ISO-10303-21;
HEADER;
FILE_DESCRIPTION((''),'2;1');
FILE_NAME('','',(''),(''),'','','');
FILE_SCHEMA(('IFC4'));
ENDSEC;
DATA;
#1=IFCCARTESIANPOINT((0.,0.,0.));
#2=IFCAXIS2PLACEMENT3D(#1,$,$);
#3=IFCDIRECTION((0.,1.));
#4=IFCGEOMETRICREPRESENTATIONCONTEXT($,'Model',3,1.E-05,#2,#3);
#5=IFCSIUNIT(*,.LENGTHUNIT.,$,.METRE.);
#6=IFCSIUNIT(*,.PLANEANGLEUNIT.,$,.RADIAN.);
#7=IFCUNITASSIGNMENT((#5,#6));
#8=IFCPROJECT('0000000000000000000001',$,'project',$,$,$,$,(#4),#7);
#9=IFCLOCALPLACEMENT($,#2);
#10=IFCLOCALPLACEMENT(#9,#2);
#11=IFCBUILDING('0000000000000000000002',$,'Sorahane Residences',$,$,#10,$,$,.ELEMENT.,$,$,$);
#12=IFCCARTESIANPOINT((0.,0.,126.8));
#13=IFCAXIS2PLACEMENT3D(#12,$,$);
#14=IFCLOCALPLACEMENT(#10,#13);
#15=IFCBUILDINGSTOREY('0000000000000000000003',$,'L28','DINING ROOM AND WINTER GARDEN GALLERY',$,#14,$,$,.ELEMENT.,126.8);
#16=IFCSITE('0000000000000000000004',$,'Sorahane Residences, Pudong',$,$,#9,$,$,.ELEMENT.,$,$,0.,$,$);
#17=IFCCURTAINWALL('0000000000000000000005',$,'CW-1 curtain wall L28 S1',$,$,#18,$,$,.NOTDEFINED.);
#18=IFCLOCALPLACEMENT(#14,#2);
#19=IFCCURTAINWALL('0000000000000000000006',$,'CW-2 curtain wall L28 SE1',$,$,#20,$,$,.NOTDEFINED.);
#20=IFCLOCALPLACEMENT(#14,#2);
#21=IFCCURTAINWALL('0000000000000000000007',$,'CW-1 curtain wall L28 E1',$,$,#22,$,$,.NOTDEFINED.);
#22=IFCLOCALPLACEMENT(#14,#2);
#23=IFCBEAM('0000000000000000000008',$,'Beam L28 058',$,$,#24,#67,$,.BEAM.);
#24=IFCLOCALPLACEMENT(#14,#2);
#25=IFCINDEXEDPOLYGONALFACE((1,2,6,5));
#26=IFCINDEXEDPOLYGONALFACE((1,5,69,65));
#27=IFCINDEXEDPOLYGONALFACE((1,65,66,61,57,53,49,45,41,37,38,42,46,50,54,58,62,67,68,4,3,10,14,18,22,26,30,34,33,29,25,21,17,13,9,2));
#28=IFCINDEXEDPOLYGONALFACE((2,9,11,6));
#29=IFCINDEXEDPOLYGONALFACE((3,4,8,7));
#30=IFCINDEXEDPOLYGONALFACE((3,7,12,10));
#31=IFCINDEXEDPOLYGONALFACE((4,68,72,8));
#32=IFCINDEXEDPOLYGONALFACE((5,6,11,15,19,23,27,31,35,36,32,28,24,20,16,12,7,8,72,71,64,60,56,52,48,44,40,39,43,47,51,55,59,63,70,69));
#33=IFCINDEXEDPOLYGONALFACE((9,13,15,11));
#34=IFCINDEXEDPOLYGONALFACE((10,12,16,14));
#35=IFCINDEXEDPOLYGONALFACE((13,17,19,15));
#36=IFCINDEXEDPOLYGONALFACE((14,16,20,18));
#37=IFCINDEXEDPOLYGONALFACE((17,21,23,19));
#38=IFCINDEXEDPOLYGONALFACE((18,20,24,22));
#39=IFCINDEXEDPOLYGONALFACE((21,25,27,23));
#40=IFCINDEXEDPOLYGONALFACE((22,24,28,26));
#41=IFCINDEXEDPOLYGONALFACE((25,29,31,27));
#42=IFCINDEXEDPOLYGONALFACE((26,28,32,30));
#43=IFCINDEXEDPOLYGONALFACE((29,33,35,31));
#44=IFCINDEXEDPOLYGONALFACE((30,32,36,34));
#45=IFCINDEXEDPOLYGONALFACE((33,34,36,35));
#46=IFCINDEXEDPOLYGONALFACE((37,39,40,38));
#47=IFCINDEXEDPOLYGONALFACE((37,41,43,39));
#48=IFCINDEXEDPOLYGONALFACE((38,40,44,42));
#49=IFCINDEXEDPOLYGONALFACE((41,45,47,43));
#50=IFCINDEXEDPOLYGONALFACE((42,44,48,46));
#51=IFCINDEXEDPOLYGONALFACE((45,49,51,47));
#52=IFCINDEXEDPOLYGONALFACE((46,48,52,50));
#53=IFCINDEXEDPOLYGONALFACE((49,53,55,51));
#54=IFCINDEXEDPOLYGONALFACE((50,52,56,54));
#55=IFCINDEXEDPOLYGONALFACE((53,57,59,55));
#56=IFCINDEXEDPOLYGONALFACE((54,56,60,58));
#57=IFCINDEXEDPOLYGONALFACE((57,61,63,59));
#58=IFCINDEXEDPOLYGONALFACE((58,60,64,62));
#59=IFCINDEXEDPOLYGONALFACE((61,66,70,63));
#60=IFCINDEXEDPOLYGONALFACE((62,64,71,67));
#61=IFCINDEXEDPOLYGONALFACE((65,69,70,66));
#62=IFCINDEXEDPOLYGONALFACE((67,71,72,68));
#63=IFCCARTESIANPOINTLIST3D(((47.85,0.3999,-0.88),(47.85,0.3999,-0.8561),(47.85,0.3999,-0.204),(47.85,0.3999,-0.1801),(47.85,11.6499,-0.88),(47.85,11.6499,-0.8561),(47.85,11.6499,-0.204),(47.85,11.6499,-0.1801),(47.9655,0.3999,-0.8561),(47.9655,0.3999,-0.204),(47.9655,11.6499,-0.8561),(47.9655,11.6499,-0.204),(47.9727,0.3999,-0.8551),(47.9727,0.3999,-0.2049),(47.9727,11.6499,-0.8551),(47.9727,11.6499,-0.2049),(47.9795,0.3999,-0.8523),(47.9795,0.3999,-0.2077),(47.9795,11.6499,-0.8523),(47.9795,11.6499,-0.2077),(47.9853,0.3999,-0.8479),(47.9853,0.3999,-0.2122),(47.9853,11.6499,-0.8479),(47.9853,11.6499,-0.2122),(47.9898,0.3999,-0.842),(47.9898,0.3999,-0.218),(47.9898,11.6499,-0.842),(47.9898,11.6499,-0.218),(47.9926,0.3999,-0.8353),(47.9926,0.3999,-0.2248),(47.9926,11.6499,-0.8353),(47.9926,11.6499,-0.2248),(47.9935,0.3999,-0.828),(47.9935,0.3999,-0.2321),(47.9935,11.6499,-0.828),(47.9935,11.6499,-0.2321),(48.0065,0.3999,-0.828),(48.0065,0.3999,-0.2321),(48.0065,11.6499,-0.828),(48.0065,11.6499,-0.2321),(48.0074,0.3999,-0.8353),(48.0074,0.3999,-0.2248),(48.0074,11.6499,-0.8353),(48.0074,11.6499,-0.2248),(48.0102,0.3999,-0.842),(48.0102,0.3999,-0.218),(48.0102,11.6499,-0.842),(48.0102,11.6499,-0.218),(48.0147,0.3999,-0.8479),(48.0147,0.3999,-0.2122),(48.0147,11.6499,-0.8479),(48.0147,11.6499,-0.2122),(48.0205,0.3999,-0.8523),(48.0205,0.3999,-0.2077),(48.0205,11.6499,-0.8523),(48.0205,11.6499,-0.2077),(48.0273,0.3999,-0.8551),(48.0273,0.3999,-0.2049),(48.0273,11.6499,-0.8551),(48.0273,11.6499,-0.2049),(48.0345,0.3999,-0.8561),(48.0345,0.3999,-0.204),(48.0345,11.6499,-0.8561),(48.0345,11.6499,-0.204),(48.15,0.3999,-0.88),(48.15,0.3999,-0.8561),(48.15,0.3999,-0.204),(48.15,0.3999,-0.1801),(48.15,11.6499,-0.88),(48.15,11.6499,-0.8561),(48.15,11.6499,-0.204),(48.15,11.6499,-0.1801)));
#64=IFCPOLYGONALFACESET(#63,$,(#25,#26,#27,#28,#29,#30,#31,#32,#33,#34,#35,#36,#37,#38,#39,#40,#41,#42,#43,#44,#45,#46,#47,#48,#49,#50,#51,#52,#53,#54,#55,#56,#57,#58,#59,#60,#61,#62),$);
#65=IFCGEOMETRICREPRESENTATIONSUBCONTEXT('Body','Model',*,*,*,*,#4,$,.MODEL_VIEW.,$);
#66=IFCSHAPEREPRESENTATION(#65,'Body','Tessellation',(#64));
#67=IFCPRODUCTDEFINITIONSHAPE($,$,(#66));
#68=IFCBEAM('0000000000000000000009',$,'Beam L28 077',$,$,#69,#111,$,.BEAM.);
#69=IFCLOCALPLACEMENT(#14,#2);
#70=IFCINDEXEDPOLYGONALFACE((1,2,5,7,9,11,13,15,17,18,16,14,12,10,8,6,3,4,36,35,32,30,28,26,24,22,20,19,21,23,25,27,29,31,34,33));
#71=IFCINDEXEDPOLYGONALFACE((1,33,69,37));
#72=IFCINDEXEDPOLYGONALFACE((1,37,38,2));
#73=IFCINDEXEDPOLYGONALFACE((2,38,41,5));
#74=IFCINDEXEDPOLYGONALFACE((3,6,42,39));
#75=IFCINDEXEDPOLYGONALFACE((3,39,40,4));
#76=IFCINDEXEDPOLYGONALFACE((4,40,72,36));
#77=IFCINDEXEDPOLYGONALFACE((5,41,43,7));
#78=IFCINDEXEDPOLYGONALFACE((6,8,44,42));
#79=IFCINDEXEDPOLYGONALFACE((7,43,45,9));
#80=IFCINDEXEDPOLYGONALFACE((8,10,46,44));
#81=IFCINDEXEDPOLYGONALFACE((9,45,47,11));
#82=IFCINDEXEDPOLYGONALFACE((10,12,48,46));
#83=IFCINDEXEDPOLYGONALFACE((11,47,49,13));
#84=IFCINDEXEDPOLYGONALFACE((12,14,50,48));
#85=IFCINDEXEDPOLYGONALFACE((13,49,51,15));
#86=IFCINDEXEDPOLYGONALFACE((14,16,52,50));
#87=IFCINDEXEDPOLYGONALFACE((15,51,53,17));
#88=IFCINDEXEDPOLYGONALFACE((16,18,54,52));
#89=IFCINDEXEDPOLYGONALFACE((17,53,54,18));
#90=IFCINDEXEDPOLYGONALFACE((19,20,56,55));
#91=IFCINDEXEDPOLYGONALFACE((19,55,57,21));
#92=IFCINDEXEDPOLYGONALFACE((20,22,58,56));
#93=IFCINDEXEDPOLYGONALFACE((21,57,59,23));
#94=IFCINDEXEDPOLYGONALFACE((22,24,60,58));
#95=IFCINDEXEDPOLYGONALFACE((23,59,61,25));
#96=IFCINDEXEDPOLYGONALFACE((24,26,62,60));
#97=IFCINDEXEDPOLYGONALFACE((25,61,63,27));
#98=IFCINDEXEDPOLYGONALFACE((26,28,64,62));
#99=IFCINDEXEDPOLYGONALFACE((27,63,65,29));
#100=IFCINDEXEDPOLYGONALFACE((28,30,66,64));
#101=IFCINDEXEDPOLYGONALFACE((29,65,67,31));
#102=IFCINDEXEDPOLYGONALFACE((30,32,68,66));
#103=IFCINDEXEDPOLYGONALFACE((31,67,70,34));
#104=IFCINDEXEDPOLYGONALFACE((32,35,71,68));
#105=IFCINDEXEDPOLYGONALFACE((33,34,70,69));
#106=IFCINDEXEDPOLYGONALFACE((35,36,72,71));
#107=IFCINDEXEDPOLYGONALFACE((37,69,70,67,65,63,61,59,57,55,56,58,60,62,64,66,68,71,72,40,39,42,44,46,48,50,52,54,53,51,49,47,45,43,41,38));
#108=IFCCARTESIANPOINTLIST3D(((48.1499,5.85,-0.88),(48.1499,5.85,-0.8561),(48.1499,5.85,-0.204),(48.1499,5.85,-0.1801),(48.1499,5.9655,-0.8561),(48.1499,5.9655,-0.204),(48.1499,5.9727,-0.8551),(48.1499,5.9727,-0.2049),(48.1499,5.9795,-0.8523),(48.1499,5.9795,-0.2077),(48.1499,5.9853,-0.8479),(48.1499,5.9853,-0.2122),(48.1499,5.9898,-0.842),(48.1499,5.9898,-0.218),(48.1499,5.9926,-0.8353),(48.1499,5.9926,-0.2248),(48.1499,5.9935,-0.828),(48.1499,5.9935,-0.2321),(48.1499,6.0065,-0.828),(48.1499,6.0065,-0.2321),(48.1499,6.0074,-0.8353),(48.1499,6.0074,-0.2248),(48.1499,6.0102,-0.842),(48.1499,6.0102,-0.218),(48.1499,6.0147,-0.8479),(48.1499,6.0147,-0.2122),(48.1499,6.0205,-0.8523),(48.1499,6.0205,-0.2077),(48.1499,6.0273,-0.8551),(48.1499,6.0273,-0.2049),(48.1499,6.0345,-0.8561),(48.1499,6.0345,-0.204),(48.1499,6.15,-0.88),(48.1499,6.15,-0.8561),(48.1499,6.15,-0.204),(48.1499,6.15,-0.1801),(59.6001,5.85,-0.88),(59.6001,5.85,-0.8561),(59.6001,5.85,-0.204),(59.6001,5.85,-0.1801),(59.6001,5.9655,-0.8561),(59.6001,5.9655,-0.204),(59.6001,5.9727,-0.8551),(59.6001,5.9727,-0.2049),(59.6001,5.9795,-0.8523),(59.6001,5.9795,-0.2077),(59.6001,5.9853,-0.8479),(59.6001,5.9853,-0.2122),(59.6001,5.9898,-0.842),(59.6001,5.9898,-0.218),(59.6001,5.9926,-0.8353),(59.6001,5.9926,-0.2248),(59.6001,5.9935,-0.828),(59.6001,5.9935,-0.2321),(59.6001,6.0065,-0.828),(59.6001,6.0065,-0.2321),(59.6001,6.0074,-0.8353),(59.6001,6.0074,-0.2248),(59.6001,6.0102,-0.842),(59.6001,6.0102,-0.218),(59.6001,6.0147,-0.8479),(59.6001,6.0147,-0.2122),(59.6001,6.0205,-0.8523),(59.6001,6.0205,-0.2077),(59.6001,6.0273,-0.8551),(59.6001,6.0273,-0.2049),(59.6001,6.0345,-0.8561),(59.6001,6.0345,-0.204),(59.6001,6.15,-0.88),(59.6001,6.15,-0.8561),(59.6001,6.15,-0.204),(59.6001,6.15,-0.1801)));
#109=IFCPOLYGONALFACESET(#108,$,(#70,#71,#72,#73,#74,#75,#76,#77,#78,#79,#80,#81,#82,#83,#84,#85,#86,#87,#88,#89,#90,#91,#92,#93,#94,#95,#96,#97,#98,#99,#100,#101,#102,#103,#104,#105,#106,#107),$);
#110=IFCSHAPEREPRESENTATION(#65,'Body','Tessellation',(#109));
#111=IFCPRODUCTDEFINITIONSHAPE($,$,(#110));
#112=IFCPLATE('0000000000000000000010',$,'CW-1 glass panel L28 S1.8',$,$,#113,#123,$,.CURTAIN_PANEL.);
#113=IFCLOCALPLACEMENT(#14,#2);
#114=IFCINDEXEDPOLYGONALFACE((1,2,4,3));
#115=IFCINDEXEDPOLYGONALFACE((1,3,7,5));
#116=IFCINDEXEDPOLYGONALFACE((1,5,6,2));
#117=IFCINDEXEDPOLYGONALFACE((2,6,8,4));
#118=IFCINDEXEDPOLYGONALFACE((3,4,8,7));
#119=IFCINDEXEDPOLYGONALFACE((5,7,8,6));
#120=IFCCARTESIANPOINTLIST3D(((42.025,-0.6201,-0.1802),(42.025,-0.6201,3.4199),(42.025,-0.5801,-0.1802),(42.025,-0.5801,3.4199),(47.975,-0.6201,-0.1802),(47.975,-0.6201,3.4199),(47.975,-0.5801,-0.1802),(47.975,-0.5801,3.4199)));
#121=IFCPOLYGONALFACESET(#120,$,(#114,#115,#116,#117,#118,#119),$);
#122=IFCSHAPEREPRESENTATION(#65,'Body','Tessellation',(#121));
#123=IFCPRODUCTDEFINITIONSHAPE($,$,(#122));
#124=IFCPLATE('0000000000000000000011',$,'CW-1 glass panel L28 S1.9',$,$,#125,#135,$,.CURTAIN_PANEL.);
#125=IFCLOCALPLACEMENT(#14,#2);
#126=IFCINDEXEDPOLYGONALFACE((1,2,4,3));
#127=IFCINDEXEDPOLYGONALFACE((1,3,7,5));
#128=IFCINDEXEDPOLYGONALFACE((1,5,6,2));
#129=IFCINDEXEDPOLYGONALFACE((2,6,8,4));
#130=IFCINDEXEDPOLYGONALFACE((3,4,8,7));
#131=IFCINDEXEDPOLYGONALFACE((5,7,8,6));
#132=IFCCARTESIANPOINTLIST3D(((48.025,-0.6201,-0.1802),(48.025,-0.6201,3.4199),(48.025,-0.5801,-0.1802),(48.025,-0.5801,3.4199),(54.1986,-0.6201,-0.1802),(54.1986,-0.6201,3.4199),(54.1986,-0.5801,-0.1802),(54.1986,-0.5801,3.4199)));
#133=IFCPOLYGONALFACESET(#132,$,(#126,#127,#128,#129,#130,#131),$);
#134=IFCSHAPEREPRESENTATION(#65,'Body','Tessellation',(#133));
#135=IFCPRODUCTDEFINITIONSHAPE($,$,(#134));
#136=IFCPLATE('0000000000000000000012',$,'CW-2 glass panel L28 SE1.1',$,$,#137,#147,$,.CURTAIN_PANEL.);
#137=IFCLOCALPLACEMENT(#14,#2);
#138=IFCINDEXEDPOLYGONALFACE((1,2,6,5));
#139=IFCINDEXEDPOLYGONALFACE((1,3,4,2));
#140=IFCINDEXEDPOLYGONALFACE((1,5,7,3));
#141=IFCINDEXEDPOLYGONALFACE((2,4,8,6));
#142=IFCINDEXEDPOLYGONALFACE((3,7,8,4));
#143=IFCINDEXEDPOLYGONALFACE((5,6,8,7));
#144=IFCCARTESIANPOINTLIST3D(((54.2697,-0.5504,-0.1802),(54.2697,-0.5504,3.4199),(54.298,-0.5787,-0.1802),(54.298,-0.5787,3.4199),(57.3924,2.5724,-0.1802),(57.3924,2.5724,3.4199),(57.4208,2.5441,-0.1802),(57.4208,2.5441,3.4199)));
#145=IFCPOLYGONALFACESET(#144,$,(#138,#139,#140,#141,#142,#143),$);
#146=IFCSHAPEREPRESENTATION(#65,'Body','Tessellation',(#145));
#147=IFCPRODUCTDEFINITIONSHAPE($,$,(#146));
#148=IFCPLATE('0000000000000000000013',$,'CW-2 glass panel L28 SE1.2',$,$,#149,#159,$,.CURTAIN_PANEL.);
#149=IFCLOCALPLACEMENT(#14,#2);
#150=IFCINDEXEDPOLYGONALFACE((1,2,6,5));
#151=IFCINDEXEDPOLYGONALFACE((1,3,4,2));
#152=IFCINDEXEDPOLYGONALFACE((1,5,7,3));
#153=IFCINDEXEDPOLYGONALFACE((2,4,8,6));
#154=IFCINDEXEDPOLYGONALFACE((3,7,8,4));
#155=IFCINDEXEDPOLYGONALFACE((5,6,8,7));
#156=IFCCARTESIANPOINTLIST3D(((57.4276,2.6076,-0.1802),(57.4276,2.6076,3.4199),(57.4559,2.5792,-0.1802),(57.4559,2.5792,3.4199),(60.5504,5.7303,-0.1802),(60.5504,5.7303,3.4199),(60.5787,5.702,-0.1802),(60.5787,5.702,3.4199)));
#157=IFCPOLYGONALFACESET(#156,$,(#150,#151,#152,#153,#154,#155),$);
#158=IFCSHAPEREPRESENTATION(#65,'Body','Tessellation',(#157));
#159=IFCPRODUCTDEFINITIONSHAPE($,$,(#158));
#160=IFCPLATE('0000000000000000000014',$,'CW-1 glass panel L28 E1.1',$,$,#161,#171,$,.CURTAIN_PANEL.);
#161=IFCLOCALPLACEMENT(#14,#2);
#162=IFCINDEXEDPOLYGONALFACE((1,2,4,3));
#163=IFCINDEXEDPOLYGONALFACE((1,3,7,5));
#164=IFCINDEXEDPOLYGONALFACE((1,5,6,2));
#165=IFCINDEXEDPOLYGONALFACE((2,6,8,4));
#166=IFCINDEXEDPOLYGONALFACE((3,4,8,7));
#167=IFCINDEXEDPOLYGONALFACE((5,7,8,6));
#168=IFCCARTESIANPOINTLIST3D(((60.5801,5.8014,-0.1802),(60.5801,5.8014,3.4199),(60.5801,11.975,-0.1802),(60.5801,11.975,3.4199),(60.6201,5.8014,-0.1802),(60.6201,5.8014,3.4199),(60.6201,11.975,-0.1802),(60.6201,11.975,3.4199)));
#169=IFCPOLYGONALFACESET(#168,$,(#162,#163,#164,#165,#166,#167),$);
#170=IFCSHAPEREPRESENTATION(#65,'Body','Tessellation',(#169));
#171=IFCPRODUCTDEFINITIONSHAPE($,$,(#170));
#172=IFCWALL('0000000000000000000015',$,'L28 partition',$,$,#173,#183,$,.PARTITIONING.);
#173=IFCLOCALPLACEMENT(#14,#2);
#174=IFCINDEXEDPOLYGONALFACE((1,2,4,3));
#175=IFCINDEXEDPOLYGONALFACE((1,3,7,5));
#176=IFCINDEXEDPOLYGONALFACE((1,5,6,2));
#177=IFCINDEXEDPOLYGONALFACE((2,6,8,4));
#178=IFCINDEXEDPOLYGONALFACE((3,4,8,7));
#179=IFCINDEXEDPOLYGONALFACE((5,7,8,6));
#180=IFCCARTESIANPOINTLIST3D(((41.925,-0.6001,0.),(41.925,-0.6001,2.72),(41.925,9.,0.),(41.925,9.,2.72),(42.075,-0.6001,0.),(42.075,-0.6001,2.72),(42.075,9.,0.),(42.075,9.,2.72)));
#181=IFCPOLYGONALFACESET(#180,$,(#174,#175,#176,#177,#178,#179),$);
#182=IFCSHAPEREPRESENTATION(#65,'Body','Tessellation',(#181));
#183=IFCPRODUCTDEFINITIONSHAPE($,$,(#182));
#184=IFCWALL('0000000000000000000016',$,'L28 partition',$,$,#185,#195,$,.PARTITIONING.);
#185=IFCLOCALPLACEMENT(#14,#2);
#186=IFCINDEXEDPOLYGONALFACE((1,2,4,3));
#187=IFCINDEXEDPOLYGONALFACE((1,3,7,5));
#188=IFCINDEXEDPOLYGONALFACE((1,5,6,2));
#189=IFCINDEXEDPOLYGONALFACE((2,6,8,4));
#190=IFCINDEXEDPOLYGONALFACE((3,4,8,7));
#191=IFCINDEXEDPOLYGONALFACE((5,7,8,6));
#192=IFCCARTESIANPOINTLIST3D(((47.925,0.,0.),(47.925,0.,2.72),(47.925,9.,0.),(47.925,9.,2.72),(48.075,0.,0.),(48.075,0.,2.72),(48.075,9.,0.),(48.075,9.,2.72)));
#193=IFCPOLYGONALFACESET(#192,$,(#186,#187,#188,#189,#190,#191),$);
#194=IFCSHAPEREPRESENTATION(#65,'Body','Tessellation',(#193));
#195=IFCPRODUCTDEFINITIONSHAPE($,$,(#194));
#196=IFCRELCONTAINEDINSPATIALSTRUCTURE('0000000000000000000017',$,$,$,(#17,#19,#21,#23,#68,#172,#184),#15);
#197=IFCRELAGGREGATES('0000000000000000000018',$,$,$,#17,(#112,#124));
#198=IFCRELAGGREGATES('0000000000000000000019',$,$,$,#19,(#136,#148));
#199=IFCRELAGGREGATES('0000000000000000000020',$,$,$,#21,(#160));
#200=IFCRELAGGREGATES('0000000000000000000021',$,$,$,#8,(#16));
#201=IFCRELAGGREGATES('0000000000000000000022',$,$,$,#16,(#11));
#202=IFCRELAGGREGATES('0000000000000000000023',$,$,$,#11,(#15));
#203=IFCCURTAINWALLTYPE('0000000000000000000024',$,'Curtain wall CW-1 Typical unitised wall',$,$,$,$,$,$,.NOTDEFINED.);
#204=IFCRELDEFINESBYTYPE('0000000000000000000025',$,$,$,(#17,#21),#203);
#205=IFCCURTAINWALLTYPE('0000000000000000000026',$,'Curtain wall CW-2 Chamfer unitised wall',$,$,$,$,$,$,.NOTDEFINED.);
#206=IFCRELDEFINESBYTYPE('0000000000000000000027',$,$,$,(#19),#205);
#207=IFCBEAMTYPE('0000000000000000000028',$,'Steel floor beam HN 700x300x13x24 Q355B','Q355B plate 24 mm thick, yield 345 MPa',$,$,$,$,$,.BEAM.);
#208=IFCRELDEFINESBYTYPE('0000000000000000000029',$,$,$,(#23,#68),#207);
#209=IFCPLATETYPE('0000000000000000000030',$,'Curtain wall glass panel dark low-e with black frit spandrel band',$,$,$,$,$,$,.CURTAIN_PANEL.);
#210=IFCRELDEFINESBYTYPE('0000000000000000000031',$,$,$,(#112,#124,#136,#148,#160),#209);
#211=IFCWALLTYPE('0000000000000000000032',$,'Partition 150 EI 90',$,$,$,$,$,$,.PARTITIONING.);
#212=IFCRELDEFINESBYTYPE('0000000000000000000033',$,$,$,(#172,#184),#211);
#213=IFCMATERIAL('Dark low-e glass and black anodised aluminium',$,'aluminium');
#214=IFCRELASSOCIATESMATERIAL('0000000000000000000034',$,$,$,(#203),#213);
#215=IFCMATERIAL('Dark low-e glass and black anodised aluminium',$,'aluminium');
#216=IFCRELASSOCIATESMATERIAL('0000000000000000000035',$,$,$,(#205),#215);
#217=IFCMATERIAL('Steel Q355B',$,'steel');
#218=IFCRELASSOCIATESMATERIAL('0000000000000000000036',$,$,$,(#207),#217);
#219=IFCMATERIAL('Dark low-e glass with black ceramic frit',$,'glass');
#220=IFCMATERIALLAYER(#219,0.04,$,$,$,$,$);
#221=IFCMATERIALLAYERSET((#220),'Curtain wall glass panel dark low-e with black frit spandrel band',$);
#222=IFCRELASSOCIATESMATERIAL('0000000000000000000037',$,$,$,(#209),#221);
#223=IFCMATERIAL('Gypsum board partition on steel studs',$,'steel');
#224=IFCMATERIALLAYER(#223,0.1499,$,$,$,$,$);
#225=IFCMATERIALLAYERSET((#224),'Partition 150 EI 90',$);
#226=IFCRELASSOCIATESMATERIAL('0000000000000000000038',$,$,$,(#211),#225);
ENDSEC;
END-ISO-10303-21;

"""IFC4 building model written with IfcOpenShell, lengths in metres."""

from ifc_helpers import new_model, si_unit, direction, frame, frame_2d, origin, origin_2d, place, context, subcontext, project, spatial, rectangle, i_section, extrude, material, layer, layer_set, material_profile, profile_set, type_object, element, aggregate, save


model = new_model("IFC4")

# Units and contexts
model_context = context("Model", 3, precision=1e-05, world=origin(), true_north=direction((0.0, 1.0)))
body_context = subcontext(model_context, "Body", "Model", "MODEL_VIEW")
ifc_project = project(units=[si_unit("LENGTHUNIT", "METRE"), si_unit("PLANEANGLEUNIT", "RADIAN")], contexts=[model_context])

# Site, building, storey
site_placement = place(None, origin())
site = spatial("IfcSite", under=ifc_project, at=site_placement, Name="Sorahane Residences, Pudong", CompositionType="ELEMENT", RefElevation=0.0)
building_placement = place(site_placement, origin())
building = spatial("IfcBuilding", under=site, at=building_placement, Name="Sorahane Residences", CompositionType="ELEMENT")
storey_placement = place(building_placement, frame((0.0, 0.0, 126.8)))
storey = spatial("IfcBuildingStorey", under=building, at=storey_placement, Name="L28", Description="DINING ROOM AND WINTER GARDEN GALLERY", CompositionType="ELEMENT", Elevation=126.8)

# Curtain walls
ifc_material_1 = material(Name="Dark low-e glass and black anodised aluminium", Category="aluminium")
curtain_wall_type_1 = type_object("IfcCurtainWallType", Name="Curtain wall CW-1 Typical unitised wall", PredefinedType="NOTDEFINED", material=ifc_material_1)
curtain_wall_1_placement = place(storey_placement, origin())
curtain_wall_1 = element("IfcCurtainWall", 1, at=curtain_wall_1_placement, inside=storey, type_object=curtain_wall_type_1, Name="CW-1 curtain wall L28 S1", PredefinedType="NOTDEFINED")
ifc_material_2 = material(Name="Dark low-e glass and black anodised aluminium", Category="aluminium")
curtain_wall_type_2 = type_object("IfcCurtainWallType", Name="Curtain wall CW-2 Chamfer unitised wall", PredefinedType="NOTDEFINED", material=ifc_material_2)
curtain_wall_2_placement = place(storey_placement, origin())
curtain_wall_2 = element("IfcCurtainWall", 2, at=curtain_wall_2_placement, inside=storey, type_object=curtain_wall_type_2, Name="CW-2 curtain wall L28 SE1", PredefinedType="NOTDEFINED")

# Curtain wall
curtain_wall_3_placement = place(storey_placement, origin())
curtain_wall_3 = element("IfcCurtainWall", 3, at=curtain_wall_3_placement, inside=storey, type_object=curtain_wall_type_1, Name="CW-1 curtain wall L28 E1", PredefinedType="NOTDEFINED")

# Beams
ifc_material_3 = material(Name="Steel Q355B", Category="steel")
ifc_material_profile_1 = material_profile(ifc_material_3, i_section(OverallWidth=0.3, OverallDepth=0.7, WebThickness=0.0129, FlangeThickness=0.0239, FilletRadius=0.0281, at=origin_2d()), Name="HN 700x300x13x24")
ifc_profile_set_1 = profile_set([ifc_material_profile_1], Name="Steel Q355B")
beam_type_1 = type_object("IfcBeamType", Name="Steel floor beam HN 700x300x13x24 Q355B", Description="Q355B plate 24 mm thick, yield 345 MPa", PredefinedType="BEAM", material=ifc_profile_set_1)
beam_1_placement = place(storey_placement, frame((48.0, 0.3999, -0.53), z_axis=(0.0, 1.0, 0.0), x_axis=(-1.0, 0.0, 0.0)))
element("IfcBeam", 4, at=beam_1_placement, inside=storey, type_object=beam_type_1, Name="Beam L28 058", PredefinedType="BEAM", context=body_context, shape_type="SweptSolid", body=[
    extrude(i_section(OverallWidth=0.3, OverallDepth=0.7, WebThickness=0.0129, FlangeThickness=0.0239, FilletRadius=0.0281, at=origin_2d()), origin(), (0.0, 0.0, 1.0), 11.25),
])
beam_2_placement = place(storey_placement, frame((48.1499, 6.0, -0.53), z_axis=(1.0, 0.0, 0.0), x_axis=(0.0, 1.0, 0.0)))
element("IfcBeam", 5, at=beam_2_placement, inside=storey, type_object=beam_type_1, Name="Beam L28 077", PredefinedType="BEAM", context=body_context, shape_type="SweptSolid", body=[
    extrude(i_section(OverallWidth=0.3, OverallDepth=0.7, WebThickness=0.0129, FlangeThickness=0.0239, FilletRadius=0.0281, at=origin_2d()), origin(), (0.0, 0.0, 1.0), 11.4502),
])

# Plates
ifc_material_4 = material(Name="Dark low-e glass with black ceramic frit", Category="glass")
ifc_layer_1 = layer(ifc_material_4, 0.04)
ifc_layer_set_1 = layer_set([ifc_layer_1], Name="Curtain wall glass panel dark low-e with black frit spandrel band")
plate_type = type_object("IfcPlateType", Name="Curtain wall glass panel dark low-e with black frit spandrel band", PredefinedType="CURTAIN_PANEL", material=ifc_layer_set_1)
plate_1_placement = place(storey_placement, frame((45.0, -0.6001, -0.1802), z_axis=(0.0, 0.0, 1.0), x_axis=(1.0, 0.0, 0.0)))
plate_1 = element("IfcPlate", 6, at=plate_1_placement, type_object=plate_type, Name="CW-1 glass panel L28 S1.8", PredefinedType="CURTAIN_PANEL", context=body_context, shape_type="SweptSolid", body=[
    extrude(rectangle(XDim=5.95, YDim=0.04, at=origin_2d()), origin(), (0.0, 0.0, 1.0), 3.6001),
])
plate_2_placement = place(storey_placement, frame((51.1118, -0.6001, -0.1802), z_axis=(0.0, 0.0, 1.0), x_axis=(1.0, 0.0, 0.0)))
plate_2 = element("IfcPlate", 7, at=plate_2_placement, type_object=plate_type, Name="CW-1 glass panel L28 S1.9", PredefinedType="CURTAIN_PANEL", context=body_context, shape_type="SweptSolid", body=[
    extrude(rectangle(XDim=6.1736, YDim=0.04, at=origin_2d()), origin(), (0.0, 0.0, 1.0), 3.6001),
])
aggregate(curtain_wall_1, [plate_1, plate_2])
plate_3_placement = place(storey_placement, frame((55.8452, 0.9968, -0.1802), z_axis=(0.0, 0.0, 1.0), x_axis=(0.707107, 0.707107, 0.0)))
plate_3 = element("IfcPlate", 8, at=plate_3_placement, type_object=plate_type, Name="CW-2 glass panel L28 SE1.1", PredefinedType="CURTAIN_PANEL", context=body_context, shape_type="SweptSolid", body=[
    extrude(rectangle(XDim=4.4163, YDim=0.04, at=origin_2d()), origin(), (0.0, 0.0, 1.0), 3.6001),
])
plate_4_placement = place(storey_placement, frame((59.0032, 4.1548, -0.1802), z_axis=(0.0, 0.0, 1.0), x_axis=(0.707107, 0.707107, 0.0)))
plate_4 = element("IfcPlate", 9, at=plate_4_placement, type_object=plate_type, Name="CW-2 glass panel L28 SE1.2", PredefinedType="CURTAIN_PANEL", context=body_context, shape_type="SweptSolid", body=[
    extrude(rectangle(XDim=4.4163, YDim=0.04, at=origin_2d()), origin(), (0.0, 0.0, 1.0), 3.6001),
])
aggregate(curtain_wall_2, [plate_3, plate_4])
plate_5_placement = place(storey_placement, frame((60.6001, 8.8882, -0.1802), z_axis=(0.0, 0.0, 1.0), x_axis=(0.0, 1.0, 0.0)))
plate_5 = element("IfcPlate", 10, at=plate_5_placement, type_object=plate_type, Name="CW-1 glass panel L28 E1.1", PredefinedType="CURTAIN_PANEL", context=body_context, shape_type="SweptSolid", body=[
    extrude(rectangle(XDim=6.1736, YDim=0.04, at=origin_2d()), origin(), (0.0, 0.0, 1.0), 3.6001),
])
aggregate(curtain_wall_3, [plate_5])

# Walls
ifc_material_5 = material(Name="Gypsum board partition on steel studs", Category="steel")
ifc_layer_2 = layer(ifc_material_5, 0.1499)
ifc_layer_set_2 = layer_set([ifc_layer_2], Name="Partition 150 EI 90")
wall_type = type_object("IfcWallType", Name="Partition 150 EI 90", PredefinedType="PARTITIONING", material=ifc_layer_set_2)
wall_1_placement = place(storey_placement, frame((42.0, -0.6001, 0.0), z_axis=(0.0, 0.0, 1.0), x_axis=(0.0, 1.0, 0.0)))
element("IfcWall", 11, at=wall_1_placement, inside=storey, type_object=wall_type, Name="L28 partition", PredefinedType="PARTITIONING", context=body_context, shape_type="SweptSolid", body=[
    extrude(rectangle(XDim=9.6001, YDim=0.1499, at=frame_2d((4.8, 0.0))), origin(), (0.0, 0.0, 1.0), 2.72),
])
wall_2_placement = place(storey_placement, frame((48.0, 0.0, 0.0), z_axis=(0.0, 0.0, 1.0), x_axis=(0.0, 1.0, 0.0)))
element("IfcWall", 12, at=wall_2_placement, inside=storey, type_object=wall_type, Name="L28 partition", PredefinedType="PARTITIONING", context=body_context, shape_type="SweptSolid", body=[
    extrude(rectangle(XDim=9.0, YDim=0.1499, at=frame_2d((4.5, 0.0))), origin(), (0.0, 0.0, 1.0), 2.72),
])

save(model, "model.ifc")
